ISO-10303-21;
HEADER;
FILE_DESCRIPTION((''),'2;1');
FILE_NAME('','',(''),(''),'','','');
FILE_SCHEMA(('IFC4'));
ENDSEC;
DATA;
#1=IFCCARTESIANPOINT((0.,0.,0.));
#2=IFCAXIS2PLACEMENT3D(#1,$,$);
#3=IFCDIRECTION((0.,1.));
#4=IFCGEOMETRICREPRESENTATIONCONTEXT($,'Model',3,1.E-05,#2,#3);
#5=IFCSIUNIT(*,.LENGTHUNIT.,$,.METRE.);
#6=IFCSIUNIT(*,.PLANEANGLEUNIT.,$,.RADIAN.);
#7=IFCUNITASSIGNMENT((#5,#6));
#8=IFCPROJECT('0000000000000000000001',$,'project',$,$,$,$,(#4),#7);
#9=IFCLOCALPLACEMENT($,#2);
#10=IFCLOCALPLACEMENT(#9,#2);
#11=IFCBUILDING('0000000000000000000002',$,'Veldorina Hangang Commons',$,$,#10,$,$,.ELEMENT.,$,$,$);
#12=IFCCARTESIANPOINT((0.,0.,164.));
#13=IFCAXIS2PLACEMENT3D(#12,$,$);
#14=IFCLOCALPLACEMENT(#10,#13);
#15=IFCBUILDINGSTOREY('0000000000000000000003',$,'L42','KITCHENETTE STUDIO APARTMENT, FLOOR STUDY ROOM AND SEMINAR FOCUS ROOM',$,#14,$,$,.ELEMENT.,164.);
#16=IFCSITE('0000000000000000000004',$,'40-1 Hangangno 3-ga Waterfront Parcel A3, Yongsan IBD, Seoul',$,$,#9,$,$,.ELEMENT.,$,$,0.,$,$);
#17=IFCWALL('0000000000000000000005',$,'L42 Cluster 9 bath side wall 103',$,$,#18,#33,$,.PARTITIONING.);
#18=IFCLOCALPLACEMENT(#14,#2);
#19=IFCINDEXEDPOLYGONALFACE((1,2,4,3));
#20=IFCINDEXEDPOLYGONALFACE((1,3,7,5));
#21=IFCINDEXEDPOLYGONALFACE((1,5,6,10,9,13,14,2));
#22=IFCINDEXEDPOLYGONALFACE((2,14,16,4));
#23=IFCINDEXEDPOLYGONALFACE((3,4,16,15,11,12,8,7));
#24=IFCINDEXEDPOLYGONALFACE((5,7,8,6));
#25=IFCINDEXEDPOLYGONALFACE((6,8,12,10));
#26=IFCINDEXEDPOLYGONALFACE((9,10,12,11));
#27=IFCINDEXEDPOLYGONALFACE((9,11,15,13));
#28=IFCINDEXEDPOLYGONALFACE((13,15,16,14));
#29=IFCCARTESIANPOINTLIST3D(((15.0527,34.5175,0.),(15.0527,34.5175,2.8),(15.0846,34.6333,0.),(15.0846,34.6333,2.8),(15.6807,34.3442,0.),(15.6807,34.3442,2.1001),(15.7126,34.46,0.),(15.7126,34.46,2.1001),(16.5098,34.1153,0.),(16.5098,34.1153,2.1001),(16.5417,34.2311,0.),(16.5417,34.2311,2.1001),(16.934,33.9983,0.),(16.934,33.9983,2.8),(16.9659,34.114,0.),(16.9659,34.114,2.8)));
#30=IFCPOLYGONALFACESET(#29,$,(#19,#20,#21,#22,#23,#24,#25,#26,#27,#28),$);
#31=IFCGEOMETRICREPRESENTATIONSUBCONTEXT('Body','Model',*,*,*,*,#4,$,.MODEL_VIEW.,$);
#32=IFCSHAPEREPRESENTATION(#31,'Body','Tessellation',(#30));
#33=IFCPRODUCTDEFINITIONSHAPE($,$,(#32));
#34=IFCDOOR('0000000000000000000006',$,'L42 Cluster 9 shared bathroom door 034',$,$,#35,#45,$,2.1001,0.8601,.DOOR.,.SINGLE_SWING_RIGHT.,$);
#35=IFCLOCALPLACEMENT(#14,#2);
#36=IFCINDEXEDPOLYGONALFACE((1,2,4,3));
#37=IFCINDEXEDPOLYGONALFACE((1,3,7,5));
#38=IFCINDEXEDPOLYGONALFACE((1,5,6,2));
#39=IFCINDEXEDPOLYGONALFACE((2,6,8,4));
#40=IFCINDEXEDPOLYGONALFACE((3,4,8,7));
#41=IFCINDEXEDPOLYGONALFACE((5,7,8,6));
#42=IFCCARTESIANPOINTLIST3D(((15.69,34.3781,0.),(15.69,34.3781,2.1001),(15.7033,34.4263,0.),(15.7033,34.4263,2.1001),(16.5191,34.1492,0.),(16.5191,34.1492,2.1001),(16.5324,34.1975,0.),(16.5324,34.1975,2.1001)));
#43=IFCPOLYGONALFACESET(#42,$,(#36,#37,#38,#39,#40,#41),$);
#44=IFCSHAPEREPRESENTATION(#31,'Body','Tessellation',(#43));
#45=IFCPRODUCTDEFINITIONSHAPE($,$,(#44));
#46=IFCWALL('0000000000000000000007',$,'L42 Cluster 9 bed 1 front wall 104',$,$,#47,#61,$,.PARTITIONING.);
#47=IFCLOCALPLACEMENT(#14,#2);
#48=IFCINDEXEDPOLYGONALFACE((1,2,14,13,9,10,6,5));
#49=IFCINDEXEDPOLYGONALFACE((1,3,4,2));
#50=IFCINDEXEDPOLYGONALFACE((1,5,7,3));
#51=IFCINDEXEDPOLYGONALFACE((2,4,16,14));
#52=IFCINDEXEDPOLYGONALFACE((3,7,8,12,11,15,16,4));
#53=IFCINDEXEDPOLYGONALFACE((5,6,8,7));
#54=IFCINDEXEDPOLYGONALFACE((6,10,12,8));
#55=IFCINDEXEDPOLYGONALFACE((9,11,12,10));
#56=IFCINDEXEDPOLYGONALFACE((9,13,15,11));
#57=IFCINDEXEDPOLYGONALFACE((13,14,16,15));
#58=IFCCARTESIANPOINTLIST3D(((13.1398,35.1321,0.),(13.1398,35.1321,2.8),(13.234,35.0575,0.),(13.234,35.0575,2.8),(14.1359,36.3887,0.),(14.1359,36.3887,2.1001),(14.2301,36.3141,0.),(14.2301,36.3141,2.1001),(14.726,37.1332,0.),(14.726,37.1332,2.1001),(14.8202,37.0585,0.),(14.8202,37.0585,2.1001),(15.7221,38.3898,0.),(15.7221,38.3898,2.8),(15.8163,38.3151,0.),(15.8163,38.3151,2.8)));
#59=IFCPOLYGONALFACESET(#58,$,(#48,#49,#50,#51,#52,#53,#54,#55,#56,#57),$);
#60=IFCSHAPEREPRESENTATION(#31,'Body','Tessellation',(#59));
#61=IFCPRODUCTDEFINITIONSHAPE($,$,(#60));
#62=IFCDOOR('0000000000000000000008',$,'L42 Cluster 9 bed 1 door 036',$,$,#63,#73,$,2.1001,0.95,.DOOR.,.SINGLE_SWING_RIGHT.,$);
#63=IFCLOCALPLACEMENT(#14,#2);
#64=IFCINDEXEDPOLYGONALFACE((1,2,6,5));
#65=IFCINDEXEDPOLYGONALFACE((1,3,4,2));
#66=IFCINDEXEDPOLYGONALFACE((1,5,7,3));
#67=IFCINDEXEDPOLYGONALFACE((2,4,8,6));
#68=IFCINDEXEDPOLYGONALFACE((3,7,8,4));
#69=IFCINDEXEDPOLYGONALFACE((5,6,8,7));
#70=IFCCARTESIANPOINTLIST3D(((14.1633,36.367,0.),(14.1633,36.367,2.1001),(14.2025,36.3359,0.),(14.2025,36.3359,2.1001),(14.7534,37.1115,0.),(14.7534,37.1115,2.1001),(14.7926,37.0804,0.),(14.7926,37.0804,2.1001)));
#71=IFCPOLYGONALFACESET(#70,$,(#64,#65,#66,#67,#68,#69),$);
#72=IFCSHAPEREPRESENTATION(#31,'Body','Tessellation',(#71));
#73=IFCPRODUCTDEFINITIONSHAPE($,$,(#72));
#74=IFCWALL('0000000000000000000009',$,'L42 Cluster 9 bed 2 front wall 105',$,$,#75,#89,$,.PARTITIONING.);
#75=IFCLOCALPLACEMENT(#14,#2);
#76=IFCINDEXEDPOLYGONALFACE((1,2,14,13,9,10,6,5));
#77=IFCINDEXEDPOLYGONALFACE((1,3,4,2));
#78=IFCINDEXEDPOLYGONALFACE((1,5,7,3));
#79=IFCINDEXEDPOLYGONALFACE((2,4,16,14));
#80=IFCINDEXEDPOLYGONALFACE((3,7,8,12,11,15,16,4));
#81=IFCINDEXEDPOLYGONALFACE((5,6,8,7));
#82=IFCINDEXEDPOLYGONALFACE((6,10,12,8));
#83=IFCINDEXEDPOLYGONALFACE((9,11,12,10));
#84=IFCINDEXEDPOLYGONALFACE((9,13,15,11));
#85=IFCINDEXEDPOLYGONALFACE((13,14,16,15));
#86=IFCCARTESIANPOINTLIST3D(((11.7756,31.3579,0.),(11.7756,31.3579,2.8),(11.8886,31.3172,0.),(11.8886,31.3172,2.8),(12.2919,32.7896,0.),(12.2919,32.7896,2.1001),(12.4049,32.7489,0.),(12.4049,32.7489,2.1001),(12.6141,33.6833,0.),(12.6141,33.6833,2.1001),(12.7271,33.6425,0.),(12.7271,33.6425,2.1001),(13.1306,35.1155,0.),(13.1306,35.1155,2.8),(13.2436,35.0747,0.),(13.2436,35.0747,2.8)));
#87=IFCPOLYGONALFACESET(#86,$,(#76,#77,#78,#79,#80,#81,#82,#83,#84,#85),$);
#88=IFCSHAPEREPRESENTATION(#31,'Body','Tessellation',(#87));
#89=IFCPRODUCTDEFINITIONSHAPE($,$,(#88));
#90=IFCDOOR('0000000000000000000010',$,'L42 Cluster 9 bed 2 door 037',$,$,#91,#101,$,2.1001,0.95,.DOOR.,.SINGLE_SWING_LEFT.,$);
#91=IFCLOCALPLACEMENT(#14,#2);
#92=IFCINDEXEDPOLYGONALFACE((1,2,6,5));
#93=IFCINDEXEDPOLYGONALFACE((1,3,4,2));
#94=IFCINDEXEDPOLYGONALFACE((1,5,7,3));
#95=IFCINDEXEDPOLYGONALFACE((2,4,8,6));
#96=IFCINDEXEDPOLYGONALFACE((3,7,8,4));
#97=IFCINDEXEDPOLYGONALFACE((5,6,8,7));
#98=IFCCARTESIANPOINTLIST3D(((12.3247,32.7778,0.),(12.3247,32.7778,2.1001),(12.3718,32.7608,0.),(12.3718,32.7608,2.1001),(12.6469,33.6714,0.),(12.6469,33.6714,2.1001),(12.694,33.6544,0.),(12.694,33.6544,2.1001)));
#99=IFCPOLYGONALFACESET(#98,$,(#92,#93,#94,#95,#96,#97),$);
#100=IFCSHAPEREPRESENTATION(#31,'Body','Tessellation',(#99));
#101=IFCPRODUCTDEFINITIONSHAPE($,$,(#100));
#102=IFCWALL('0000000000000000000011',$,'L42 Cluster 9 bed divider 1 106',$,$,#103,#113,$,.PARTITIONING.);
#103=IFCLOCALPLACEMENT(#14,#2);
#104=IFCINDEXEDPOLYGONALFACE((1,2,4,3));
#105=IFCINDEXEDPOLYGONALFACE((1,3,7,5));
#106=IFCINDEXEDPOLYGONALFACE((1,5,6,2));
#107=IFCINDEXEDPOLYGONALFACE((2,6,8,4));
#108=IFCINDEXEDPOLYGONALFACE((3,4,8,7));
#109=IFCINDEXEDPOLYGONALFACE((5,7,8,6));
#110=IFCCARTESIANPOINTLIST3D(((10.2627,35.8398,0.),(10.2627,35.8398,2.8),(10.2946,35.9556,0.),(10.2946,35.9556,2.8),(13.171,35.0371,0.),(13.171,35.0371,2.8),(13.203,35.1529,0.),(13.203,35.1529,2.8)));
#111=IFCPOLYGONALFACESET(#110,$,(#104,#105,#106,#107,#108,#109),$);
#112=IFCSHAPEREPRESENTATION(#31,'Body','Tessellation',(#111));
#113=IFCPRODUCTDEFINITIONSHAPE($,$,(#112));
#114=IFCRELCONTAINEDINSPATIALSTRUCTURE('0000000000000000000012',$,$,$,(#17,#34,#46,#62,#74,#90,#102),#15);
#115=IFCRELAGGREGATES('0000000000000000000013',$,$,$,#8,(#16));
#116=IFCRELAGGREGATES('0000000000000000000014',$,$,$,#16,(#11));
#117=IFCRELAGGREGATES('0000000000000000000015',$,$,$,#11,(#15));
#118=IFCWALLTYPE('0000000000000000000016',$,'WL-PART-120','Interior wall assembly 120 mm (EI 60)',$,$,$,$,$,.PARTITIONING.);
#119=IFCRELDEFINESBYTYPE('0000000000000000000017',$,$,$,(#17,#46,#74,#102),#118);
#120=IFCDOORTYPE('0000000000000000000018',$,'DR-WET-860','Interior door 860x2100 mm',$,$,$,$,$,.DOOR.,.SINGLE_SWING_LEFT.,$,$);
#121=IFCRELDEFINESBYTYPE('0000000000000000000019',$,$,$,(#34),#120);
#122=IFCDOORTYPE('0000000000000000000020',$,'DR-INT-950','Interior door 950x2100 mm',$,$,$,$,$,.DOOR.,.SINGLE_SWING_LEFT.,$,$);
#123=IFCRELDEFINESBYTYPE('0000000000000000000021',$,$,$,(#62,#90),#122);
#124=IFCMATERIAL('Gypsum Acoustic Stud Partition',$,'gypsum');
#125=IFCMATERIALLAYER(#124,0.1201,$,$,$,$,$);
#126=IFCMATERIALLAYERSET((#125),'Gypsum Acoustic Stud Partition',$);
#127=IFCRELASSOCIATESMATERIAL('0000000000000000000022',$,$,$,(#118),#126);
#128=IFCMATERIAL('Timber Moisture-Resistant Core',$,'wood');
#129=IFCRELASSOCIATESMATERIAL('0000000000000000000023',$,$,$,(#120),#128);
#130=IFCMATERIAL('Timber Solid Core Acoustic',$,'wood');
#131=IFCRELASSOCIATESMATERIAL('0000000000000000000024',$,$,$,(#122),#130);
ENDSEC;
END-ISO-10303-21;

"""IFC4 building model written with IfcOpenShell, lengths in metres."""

from ifc_helpers import new_model, si_unit, direction, frame, frame_2d, origin, place, context, subcontext, project, spatial, rectangle, extrude, material, layer, layer_set, type_object, element, fill, save


model = new_model("IFC4")

# Units and contexts
model_context = context("Model", 3, precision=1e-05, world=origin(), true_north=direction((0.0, 1.0)))
body_context = subcontext(model_context, "Body", "Model", "MODEL_VIEW")
ifc_project = project(units=[si_unit("LENGTHUNIT", "METRE"), si_unit("PLANEANGLEUNIT", "RADIAN")], contexts=[model_context])

# Site, building, storey
site_placement = place(None, origin())
site = spatial("IfcSite", under=ifc_project, at=site_placement, Name="40-1 Hangangno 3-ga Waterfront Parcel A3, Yongsan IBD, Seoul", CompositionType="ELEMENT", RefElevation=0.0)
building_placement = place(site_placement, origin())
building = spatial("IfcBuilding", under=site, at=building_placement, Name="Veldorina Hangang Commons", CompositionType="ELEMENT")
storey_placement = place(building_placement, frame((0.0, 0.0, 164.0)))
storey = spatial("IfcBuildingStorey", under=building, at=storey_placement, Name="L42", Description="KITCHENETTE STUDIO APARTMENT, FLOOR STUDY ROOM AND SEMINAR FOCUS ROOM", CompositionType="ELEMENT", Elevation=164.0)

# Shared definitions
ifc_material_1 = material(Name="Gypsum Acoustic Stud Partition", Category="gypsum")
ifc_layer_1 = layer(ifc_material_1, 0.1201)
ifc_layer_set_1 = layer_set([ifc_layer_1], Name="Gypsum Acoustic Stud Partition")
wall_type_1 = type_object("IfcWallType", Name="WL-PART-120", Description="Interior wall assembly 120 mm (EI 60)", PredefinedType="PARTITIONING", material=ifc_layer_set_1)

# Walls, openings, doors
wall_1_placement = place(storey_placement, frame((16.95, 34.0562, 0.0), z_axis=(0.0, 0.0, 1.0), x_axis=(-0.963954, 0.266069, 0.0)))
wall_1 = element("IfcWall", 1, at=wall_1_placement, inside=storey, type_object=wall_type_1, Name="L42 Cluster 9 bath side wall 103", PredefinedType="PARTITIONING", context=body_context, shape_type="SweptSolid", body=[
    extrude(rectangle(XDim=1.9517, YDim=0.1201, at=frame_2d((0.9758, 0.0))), origin(), (0.0, 0.0, 1.0), 2.8),
])
opening_1_placement = place(wall_1_placement, frame((0.4399, 0.0, 0.0)))
opening_1 = element("IfcOpeningElement", 2, at=opening_1_placement, cuts=wall_1, PredefinedType="OPENING", context=body_context, shape_type="SweptSolid", body=[
    extrude(rectangle(XDim=0.8601, YDim=2.1001, at=frame_2d((0.4302, 1.05))), frame((0.0, 0.0701, 0.0), z_axis=(0.0, -1.0, 0.0), x_axis=(1.0, 0.0, 0.0)), (0.0, 0.0, 1.0), 0.1401),
])
ifc_material_2 = material(Name="Timber Moisture-Resistant Core", Category="wood")
door_type_1 = type_object("IfcDoorType", Name="DR-WET-860", Description="Interior door 860x2100 mm", OperationType="SINGLE_SWING_LEFT", PredefinedType="DOOR", material=ifc_material_2)
door_1_placement = place(opening_1_placement, origin())
door_1 = element("IfcDoor", 3, at=door_1_placement, inside=storey, type_object=door_type_1, Name="L42 Cluster 9 shared bathroom door 034", OperationType="SINGLE_SWING_RIGHT", OverallHeight=2.1001, OverallWidth=0.8601, PredefinedType="DOOR", context=body_context, shape_type="SweptSolid", body=[
    extrude(rectangle(XDim=0.8601, YDim=2.1001, at=frame_2d((0.4302, 1.05))), frame((0.0, 0.0249, 0.0), z_axis=(0.0, -1.0, 0.0), x_axis=(1.0, 0.0, 0.0)), (0.0, 0.0, 1.0), 0.05),
])
fill(opening_1, door_1)
wall_2_placement = place(storey_placement, frame((15.7693, 38.3525, 0.0), z_axis=(0.0, 0.0, 1.0), x_axis=(-0.621201, -0.783651, 0.0)))
wall_2 = element("IfcWall", 4, at=wall_2_placement, inside=storey, type_object=wall_type_1, Name="L42 Cluster 9 bed 1 front wall 104", PredefinedType="PARTITIONING", context=body_context, shape_type="SweptSolid", body=[
    extrude(rectangle(XDim=4.157, YDim=0.1201, at=frame_2d((2.0786, 0.0))), origin(), (0.0, 0.0, 1.0), 2.8),
])
opening_2_placement = place(wall_2_placement, frame((1.6035, 0.0, 0.0)))
opening_2 = element("IfcOpeningElement", 5, at=opening_2_placement, cuts=wall_2, PredefinedType="OPENING", context=body_context, shape_type="SweptSolid", body=[
    extrude(rectangle(XDim=0.95, YDim=2.1001, at=frame_2d((0.4751, 1.05))), frame((0.0, 0.0701, 0.0), z_axis=(0.0, -1.0, 0.0), x_axis=(1.0, 0.0, 0.0)), (0.0, 0.0, 1.0), 0.1401),
])
ifc_material_3 = material(Name="Timber Solid Core Acoustic", Category="wood")
door_type_2 = type_object("IfcDoorType", Name="DR-INT-950", Description="Interior door 950x2100 mm", OperationType="SINGLE_SWING_LEFT", PredefinedType="DOOR", material=ifc_material_3)
door_2_placement = place(opening_2_placement, origin())
door_2 = element("IfcDoor", 6, at=door_2_placement, inside=storey, type_object=door_type_2, Name="L42 Cluster 9 bed 1 door 036", OperationType="SINGLE_SWING_RIGHT", OverallHeight=2.1001, OverallWidth=0.95, PredefinedType="DOOR", context=body_context, shape_type="SweptSolid", body=[
    extrude(rectangle(XDim=0.95, YDim=2.1001, at=frame_2d((0.4751, 1.05))), frame((0.0, 0.0249, 0.0), z_axis=(0.0, -1.0, 0.0), x_axis=(1.0, 0.0, 0.0)), (0.0, 0.0, 1.0), 0.05),
])
fill(opening_2, door_2)
wall_3_placement = place(storey_placement, frame((13.187, 35.095, 0.0), z_axis=(0.0, 0.0, 1.0), x_axis=(-0.339219, -0.940707, 0.0)))
wall_3 = element("IfcWall", 7, at=wall_3_placement, inside=storey, type_object=wall_type_1, Name="L42 Cluster 9 bed 2 front wall 105", PredefinedType="PARTITIONING", context=body_context, shape_type="SweptSolid", body=[
    extrude(rectangle(XDim=3.9944, YDim=0.1201, at=frame_2d((1.9971, 0.0))), origin(), (0.0, 0.0, 1.0), 2.8),
])
opening_3_placement = place(wall_3_placement, frame((1.5222, 0.0, 0.0)))
opening_3 = element("IfcOpeningElement", 8, at=opening_3_placement, cuts=wall_3, PredefinedType="OPENING", context=body_context, shape_type="SweptSolid", body=[
    extrude(rectangle(XDim=0.95, YDim=2.1001, at=frame_2d((0.4751, 1.05))), frame((0.0, 0.0701, 0.0), z_axis=(0.0, -1.0, 0.0), x_axis=(1.0, 0.0, 0.0)), (0.0, 0.0, 1.0), 0.1401),
])
door_3_placement = place(opening_3_placement, origin())
door_3 = element("IfcDoor", 9, at=door_3_placement, inside=storey, type_object=door_type_2, Name="L42 Cluster 9 bed 2 door 037", OperationType="SINGLE_SWING_LEFT", OverallHeight=2.1001, OverallWidth=0.95, PredefinedType="DOOR", context=body_context, shape_type="SweptSolid", body=[
    extrude(rectangle(XDim=0.95, YDim=2.1001, at=frame_2d((0.4751, 1.05))), frame((0.0, 0.0249, 0.0), z_axis=(0.0, -1.0, 0.0), x_axis=(1.0, 0.0, 0.0)), (0.0, 0.0, 1.0), 0.05),
])
fill(opening_3, door_3)

# Wall
wall_4_placement = place(storey_placement, frame((13.187, 35.095, 0.0), z_axis=(0.0, 0.0, 1.0), x_axis=(-0.963958, 0.266053, 0.0)))
element("IfcWall", 10, at=wall_4_placement, inside=storey, type_object=wall_type_1, Name="L42 Cluster 9 bed divider 1 106", PredefinedType="PARTITIONING", context=body_context, shape_type="SweptSolid", body=[
    extrude(rectangle(XDim=3.0171, YDim=0.1201, at=frame_2d((1.5085, 0.0))), origin(), (0.0, 0.0, 1.0), 2.8),
])

save(model, "model.ifc")
